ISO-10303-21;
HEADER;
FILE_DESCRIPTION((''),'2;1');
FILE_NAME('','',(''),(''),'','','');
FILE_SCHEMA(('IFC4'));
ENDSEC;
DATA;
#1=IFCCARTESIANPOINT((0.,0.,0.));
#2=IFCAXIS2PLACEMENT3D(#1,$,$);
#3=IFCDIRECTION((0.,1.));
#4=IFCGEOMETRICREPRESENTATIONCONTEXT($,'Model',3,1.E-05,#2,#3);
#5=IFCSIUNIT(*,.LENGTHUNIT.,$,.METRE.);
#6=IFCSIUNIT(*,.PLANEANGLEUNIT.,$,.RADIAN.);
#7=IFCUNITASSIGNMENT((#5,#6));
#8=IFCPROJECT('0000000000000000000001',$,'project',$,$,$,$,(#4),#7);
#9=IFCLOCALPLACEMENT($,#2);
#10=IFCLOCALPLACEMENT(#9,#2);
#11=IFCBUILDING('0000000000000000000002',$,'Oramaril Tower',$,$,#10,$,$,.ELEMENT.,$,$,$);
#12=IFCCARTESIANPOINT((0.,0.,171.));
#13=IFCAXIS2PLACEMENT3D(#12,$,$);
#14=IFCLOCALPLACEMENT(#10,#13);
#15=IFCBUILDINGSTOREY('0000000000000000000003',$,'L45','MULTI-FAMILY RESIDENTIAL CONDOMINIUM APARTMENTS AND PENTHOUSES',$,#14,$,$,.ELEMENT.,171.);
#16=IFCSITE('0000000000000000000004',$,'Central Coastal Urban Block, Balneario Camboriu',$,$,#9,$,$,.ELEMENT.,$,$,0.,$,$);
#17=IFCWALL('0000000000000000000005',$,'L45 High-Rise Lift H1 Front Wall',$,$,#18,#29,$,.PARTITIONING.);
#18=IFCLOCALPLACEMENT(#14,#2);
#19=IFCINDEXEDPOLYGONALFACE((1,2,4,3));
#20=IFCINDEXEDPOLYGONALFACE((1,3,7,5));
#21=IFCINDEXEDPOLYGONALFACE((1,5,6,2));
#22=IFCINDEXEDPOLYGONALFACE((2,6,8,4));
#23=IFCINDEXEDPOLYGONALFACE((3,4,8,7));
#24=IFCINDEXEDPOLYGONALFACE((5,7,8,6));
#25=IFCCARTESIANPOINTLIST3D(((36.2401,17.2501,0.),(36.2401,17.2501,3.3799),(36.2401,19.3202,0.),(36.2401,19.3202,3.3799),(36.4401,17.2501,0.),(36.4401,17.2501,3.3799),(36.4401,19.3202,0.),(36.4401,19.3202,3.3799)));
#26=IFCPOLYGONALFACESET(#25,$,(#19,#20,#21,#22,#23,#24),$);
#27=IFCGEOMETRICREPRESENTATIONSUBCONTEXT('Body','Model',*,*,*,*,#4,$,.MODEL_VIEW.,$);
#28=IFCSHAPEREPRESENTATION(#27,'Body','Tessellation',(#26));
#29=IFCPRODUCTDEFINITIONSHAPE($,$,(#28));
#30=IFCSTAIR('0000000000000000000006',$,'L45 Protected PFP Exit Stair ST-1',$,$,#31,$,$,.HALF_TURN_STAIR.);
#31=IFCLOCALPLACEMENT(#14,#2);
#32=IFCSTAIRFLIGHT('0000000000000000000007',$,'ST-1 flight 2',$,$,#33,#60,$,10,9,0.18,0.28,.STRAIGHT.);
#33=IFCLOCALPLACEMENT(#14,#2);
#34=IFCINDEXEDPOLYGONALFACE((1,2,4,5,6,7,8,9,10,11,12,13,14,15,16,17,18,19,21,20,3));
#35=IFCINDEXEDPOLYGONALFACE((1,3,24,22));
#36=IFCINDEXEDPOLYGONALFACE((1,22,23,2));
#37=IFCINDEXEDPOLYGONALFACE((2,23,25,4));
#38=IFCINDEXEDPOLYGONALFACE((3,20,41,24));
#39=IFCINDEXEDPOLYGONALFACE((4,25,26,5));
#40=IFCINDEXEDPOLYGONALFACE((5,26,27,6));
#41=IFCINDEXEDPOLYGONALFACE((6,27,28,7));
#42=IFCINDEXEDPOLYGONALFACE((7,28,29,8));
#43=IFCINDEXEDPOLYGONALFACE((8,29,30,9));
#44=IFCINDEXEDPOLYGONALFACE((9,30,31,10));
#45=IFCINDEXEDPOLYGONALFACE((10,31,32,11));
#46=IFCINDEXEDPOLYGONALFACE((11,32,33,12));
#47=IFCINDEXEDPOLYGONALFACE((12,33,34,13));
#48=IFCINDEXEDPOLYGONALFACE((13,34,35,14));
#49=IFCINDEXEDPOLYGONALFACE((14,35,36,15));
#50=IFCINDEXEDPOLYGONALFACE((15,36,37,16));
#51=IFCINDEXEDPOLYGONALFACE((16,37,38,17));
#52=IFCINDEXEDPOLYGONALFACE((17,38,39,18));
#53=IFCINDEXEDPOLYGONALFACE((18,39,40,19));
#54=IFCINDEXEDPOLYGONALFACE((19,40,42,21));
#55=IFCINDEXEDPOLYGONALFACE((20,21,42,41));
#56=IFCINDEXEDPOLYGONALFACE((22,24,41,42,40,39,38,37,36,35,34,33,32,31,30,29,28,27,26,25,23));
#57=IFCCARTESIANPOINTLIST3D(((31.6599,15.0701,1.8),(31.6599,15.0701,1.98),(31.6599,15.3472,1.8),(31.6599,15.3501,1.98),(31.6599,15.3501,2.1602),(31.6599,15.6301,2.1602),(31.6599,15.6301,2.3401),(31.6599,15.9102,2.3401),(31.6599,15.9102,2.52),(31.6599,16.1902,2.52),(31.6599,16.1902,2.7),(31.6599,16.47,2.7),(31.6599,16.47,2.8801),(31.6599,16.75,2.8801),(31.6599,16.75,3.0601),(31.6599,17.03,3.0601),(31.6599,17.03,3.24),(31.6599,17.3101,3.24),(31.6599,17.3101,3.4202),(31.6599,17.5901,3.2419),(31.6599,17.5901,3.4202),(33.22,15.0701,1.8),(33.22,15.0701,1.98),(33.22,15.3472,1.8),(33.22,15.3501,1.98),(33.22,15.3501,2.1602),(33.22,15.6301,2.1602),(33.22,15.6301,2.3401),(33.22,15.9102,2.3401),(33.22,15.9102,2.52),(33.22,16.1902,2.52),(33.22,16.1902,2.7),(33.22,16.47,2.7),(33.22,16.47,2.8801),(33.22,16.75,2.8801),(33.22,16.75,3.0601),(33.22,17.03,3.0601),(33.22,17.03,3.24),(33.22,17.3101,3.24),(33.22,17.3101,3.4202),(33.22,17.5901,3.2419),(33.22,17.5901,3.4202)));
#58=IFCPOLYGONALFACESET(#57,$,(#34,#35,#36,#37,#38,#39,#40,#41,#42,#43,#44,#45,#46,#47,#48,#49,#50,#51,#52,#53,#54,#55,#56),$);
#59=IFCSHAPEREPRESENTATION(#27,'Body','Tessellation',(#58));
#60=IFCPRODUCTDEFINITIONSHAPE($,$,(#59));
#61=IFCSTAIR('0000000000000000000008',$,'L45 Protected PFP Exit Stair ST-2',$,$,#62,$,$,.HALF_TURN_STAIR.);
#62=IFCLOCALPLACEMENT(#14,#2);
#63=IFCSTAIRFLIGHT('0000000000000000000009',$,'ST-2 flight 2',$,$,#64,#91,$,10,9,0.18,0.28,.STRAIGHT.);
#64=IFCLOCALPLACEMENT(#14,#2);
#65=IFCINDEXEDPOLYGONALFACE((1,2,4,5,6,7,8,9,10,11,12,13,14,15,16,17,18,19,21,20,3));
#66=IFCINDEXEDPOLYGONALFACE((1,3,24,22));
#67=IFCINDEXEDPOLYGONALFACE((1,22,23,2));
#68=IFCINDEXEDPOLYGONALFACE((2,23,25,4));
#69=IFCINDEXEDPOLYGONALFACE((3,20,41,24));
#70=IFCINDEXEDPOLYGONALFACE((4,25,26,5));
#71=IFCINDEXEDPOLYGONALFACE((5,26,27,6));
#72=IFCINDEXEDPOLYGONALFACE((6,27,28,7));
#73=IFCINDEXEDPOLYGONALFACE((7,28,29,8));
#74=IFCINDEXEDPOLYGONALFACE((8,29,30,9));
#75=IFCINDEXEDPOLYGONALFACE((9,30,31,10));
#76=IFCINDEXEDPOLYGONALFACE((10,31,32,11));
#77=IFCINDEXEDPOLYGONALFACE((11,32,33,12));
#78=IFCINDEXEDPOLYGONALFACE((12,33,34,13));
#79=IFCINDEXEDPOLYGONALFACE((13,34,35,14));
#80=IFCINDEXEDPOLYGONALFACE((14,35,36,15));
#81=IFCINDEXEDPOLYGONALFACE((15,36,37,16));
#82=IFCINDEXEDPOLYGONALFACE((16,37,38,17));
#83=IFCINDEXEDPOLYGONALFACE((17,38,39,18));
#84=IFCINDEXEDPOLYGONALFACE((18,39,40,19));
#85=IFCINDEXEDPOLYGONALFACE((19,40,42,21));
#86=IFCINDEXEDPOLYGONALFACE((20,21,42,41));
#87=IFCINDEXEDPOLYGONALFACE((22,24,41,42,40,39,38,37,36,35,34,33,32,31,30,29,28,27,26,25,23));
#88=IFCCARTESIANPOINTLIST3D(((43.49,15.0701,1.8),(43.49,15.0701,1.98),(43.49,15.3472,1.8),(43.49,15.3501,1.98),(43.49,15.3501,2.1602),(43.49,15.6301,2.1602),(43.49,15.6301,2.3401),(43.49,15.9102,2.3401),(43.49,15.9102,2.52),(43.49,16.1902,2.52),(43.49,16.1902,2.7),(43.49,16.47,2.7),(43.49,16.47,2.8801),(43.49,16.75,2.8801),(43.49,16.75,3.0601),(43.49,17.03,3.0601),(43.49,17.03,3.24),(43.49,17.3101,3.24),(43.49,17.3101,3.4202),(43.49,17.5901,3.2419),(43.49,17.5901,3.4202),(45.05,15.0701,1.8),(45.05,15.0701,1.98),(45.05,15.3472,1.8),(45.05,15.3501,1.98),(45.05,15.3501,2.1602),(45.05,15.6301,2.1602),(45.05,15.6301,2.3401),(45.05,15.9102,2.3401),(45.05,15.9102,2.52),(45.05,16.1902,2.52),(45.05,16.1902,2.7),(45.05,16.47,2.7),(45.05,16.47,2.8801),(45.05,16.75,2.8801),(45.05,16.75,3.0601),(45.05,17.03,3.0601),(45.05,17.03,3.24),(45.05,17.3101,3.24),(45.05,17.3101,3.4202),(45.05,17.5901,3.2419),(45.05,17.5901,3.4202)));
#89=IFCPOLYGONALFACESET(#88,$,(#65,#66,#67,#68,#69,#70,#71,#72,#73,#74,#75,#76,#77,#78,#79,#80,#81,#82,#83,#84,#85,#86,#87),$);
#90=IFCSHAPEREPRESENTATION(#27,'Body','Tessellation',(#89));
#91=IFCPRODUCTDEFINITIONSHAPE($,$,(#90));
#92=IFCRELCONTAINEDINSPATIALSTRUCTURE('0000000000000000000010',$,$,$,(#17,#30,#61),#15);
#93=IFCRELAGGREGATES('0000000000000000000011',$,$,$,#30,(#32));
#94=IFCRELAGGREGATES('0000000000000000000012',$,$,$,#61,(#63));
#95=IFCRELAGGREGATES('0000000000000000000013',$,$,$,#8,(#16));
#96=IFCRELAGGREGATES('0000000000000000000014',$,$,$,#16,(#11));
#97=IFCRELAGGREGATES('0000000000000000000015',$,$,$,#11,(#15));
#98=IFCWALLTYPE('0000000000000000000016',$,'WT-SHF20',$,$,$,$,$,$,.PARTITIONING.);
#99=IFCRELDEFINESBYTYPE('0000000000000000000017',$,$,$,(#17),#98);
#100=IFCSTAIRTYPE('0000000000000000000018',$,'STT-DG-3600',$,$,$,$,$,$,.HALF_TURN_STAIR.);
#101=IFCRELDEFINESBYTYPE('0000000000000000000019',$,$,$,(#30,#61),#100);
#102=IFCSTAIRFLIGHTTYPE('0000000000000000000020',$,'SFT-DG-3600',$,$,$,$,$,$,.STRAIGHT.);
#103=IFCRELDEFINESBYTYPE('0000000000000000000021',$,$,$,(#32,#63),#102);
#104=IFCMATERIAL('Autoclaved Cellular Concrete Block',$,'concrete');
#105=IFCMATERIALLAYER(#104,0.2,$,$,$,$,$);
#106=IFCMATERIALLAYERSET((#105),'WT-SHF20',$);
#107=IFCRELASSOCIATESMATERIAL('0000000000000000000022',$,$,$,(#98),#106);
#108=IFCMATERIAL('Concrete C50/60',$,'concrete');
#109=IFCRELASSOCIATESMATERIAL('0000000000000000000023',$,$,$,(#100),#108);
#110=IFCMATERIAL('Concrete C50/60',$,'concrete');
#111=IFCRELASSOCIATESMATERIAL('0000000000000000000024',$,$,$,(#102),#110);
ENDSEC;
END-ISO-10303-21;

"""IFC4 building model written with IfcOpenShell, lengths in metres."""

from ifc_helpers import new_model, si_unit, direction, frame, frame_2d, origin, place, context, subcontext, project, spatial, polyline, rectangle, outline, extrude, material, layer, layer_set, type_object, element, aggregate, save


model = new_model("IFC4")

# Units and contexts
model_context = context("Model", 3, precision=1e-05, world=origin(), true_north=direction((0.0, 1.0)))
body_context = subcontext(model_context, "Body", "Model", "MODEL_VIEW")
ifc_project = project(units=[si_unit("LENGTHUNIT", "METRE"), si_unit("PLANEANGLEUNIT", "RADIAN")], contexts=[model_context])

# Site, building, storey
site_placement = place(None, origin())
site = spatial("IfcSite", under=ifc_project, at=site_placement, Name="Central Coastal Urban Block, Balneario Camboriu", CompositionType="ELEMENT", RefElevation=0.0)
building_placement = place(site_placement, origin())
building = spatial("IfcBuilding", under=site, at=building_placement, Name="Oramaril Tower", CompositionType="ELEMENT")
storey_placement = place(building_placement, frame((0.0, 0.0, 171.0)))
storey = spatial("IfcBuildingStorey", under=building, at=storey_placement, Name="L45", Description="MULTI-FAMILY RESIDENTIAL CONDOMINIUM APARTMENTS AND PENTHOUSES", CompositionType="ELEMENT", Elevation=171.0)

# Wall
ifc_material_1 = material(Name="Autoclaved Cellular Concrete Block", Category="concrete")
ifc_layer_1 = layer(ifc_material_1, 0.2)
ifc_layer_set_1 = layer_set([ifc_layer_1], Name="WT-SHF20")
wall_type_1 = type_object("IfcWallType", Name="WT-SHF20", PredefinedType="PARTITIONING", material=ifc_layer_set_1)
wall_1_placement = place(storey_placement, frame((36.3401, 17.25, 0.0), z_axis=(0.0, 0.0, 1.0), x_axis=(0.0, 1.0, 0.0)))
element("IfcWall", 1, at=wall_1_placement, inside=storey, type_object=wall_type_1, Name="L45 High-Rise Lift H1 Front Wall", PredefinedType="PARTITIONING", context=body_context, shape_type="SweptSolid", body=[
    extrude(rectangle(XDim=2.0701, YDim=0.2, at=frame_2d((1.0352, 0.0))), origin(), (0.0, 0.0, 1.0), 3.3799),
])

# Stairs, stair flights
ifc_material_2 = material(Name="Concrete C50/60", Category="concrete")
stair_type = type_object("IfcStairType", Name="STT-DG-3600", PredefinedType="HALF_TURN_STAIR", material=ifc_material_2)
stair_1_placement = place(storey_placement, origin())
stair_1 = element("IfcStair", 2, at=stair_1_placement, inside=storey, type_object=stair_type, Name="L45 Protected PFP Exit Stair ST-1", PredefinedType="HALF_TURN_STAIR")
ifc_material_3 = material(Name="Concrete C50/60", Category="concrete")
stair_flight_type = type_object("IfcStairFlightType", Name="SFT-DG-3600", PredefinedType="STRAIGHT", material=ifc_material_3)
stair_flight_1_placement = place(storey_placement, frame((32.4399, 15.0701, 1.8), z_axis=(0.0, 0.0, 1.0), x_axis=(0.0, 1.0, 0.0)))
stair_flight_1 = element("IfcStairFlight", 3, at=stair_flight_1_placement, type_object=stair_flight_type, Name="ST-1 flight 2", NumberOfRisers=10, NumberOfTreads=9, PredefinedType="STRAIGHT", RiserHeight=0.18, TreadLength=0.28, context=body_context, shape_type="SweptSolid", body=[
    extrude(outline(polyline([(0.0, 0.0), (0.0, 0.1799), (0.28, 0.1799), (0.28, 0.3601), (0.5601, 0.3601), (0.5601, 0.54), (0.8401, 0.54), (0.8401, 0.72), (1.1201, 0.72), (1.1201, 0.8999), (1.3999, 0.8999), (1.3999, 1.0801), (1.6799, 1.0801), (1.6799, 1.26), (1.96, 1.26), (1.96, 1.4399), (2.24, 1.4399), (2.24, 1.6201), (2.52, 1.6201), (2.52, 1.8), (2.52, 1.4419), (0.2771, 0.0), (0.0, 0.0)])), frame((0.0, 0.78, 0.0), z_axis=(0.0, -1.0, 0.0), x_axis=(1.0, 0.0, 0.0)), (0.0, 0.0, 1.0), 1.5601),
])
aggregate(stair_1, [stair_flight_1])
stair_2_placement = place(storey_placement, origin())
stair_2 = element("IfcStair", 4, at=stair_2_placement, inside=storey, type_object=stair_type, Name="L45 Protected PFP Exit Stair ST-2", PredefinedType="HALF_TURN_STAIR")
stair_flight_2_placement = place(storey_placement, frame((44.27, 15.0701, 1.8), z_axis=(0.0, 0.0, 1.0), x_axis=(0.0, 1.0, 0.0)))
stair_flight_2 = element("IfcStairFlight", 5, at=stair_flight_2_placement, type_object=stair_flight_type, Name="ST-2 flight 2", NumberOfRisers=10, NumberOfTreads=9, PredefinedType="STRAIGHT", RiserHeight=0.18, TreadLength=0.28, context=body_context, shape_type="SweptSolid", body=[
    extrude(outline(polyline([(0.0, 0.0), (0.0, 0.1799), (0.28, 0.1799), (0.28, 0.3601), (0.5601, 0.3601), (0.5601, 0.54), (0.8401, 0.54), (0.8401, 0.72), (1.1201, 0.72), (1.1201, 0.8999), (1.3999, 0.8999), (1.3999, 1.0801), (1.6799, 1.0801), (1.6799, 1.26), (1.96, 1.26), (1.96, 1.4399), (2.24, 1.4399), (2.24, 1.6201), (2.52, 1.6201), (2.52, 1.8), (2.52, 1.4419), (0.2771, 0.0), (0.0, 0.0)])), frame((0.0, 0.78, 0.0), z_axis=(0.0, -1.0, 0.0), x_axis=(1.0, 0.0, 0.0)), (0.0, 0.0, 1.0), 1.5601),
])
aggregate(stair_2, [stair_flight_2])

save(model, "model.ifc")
